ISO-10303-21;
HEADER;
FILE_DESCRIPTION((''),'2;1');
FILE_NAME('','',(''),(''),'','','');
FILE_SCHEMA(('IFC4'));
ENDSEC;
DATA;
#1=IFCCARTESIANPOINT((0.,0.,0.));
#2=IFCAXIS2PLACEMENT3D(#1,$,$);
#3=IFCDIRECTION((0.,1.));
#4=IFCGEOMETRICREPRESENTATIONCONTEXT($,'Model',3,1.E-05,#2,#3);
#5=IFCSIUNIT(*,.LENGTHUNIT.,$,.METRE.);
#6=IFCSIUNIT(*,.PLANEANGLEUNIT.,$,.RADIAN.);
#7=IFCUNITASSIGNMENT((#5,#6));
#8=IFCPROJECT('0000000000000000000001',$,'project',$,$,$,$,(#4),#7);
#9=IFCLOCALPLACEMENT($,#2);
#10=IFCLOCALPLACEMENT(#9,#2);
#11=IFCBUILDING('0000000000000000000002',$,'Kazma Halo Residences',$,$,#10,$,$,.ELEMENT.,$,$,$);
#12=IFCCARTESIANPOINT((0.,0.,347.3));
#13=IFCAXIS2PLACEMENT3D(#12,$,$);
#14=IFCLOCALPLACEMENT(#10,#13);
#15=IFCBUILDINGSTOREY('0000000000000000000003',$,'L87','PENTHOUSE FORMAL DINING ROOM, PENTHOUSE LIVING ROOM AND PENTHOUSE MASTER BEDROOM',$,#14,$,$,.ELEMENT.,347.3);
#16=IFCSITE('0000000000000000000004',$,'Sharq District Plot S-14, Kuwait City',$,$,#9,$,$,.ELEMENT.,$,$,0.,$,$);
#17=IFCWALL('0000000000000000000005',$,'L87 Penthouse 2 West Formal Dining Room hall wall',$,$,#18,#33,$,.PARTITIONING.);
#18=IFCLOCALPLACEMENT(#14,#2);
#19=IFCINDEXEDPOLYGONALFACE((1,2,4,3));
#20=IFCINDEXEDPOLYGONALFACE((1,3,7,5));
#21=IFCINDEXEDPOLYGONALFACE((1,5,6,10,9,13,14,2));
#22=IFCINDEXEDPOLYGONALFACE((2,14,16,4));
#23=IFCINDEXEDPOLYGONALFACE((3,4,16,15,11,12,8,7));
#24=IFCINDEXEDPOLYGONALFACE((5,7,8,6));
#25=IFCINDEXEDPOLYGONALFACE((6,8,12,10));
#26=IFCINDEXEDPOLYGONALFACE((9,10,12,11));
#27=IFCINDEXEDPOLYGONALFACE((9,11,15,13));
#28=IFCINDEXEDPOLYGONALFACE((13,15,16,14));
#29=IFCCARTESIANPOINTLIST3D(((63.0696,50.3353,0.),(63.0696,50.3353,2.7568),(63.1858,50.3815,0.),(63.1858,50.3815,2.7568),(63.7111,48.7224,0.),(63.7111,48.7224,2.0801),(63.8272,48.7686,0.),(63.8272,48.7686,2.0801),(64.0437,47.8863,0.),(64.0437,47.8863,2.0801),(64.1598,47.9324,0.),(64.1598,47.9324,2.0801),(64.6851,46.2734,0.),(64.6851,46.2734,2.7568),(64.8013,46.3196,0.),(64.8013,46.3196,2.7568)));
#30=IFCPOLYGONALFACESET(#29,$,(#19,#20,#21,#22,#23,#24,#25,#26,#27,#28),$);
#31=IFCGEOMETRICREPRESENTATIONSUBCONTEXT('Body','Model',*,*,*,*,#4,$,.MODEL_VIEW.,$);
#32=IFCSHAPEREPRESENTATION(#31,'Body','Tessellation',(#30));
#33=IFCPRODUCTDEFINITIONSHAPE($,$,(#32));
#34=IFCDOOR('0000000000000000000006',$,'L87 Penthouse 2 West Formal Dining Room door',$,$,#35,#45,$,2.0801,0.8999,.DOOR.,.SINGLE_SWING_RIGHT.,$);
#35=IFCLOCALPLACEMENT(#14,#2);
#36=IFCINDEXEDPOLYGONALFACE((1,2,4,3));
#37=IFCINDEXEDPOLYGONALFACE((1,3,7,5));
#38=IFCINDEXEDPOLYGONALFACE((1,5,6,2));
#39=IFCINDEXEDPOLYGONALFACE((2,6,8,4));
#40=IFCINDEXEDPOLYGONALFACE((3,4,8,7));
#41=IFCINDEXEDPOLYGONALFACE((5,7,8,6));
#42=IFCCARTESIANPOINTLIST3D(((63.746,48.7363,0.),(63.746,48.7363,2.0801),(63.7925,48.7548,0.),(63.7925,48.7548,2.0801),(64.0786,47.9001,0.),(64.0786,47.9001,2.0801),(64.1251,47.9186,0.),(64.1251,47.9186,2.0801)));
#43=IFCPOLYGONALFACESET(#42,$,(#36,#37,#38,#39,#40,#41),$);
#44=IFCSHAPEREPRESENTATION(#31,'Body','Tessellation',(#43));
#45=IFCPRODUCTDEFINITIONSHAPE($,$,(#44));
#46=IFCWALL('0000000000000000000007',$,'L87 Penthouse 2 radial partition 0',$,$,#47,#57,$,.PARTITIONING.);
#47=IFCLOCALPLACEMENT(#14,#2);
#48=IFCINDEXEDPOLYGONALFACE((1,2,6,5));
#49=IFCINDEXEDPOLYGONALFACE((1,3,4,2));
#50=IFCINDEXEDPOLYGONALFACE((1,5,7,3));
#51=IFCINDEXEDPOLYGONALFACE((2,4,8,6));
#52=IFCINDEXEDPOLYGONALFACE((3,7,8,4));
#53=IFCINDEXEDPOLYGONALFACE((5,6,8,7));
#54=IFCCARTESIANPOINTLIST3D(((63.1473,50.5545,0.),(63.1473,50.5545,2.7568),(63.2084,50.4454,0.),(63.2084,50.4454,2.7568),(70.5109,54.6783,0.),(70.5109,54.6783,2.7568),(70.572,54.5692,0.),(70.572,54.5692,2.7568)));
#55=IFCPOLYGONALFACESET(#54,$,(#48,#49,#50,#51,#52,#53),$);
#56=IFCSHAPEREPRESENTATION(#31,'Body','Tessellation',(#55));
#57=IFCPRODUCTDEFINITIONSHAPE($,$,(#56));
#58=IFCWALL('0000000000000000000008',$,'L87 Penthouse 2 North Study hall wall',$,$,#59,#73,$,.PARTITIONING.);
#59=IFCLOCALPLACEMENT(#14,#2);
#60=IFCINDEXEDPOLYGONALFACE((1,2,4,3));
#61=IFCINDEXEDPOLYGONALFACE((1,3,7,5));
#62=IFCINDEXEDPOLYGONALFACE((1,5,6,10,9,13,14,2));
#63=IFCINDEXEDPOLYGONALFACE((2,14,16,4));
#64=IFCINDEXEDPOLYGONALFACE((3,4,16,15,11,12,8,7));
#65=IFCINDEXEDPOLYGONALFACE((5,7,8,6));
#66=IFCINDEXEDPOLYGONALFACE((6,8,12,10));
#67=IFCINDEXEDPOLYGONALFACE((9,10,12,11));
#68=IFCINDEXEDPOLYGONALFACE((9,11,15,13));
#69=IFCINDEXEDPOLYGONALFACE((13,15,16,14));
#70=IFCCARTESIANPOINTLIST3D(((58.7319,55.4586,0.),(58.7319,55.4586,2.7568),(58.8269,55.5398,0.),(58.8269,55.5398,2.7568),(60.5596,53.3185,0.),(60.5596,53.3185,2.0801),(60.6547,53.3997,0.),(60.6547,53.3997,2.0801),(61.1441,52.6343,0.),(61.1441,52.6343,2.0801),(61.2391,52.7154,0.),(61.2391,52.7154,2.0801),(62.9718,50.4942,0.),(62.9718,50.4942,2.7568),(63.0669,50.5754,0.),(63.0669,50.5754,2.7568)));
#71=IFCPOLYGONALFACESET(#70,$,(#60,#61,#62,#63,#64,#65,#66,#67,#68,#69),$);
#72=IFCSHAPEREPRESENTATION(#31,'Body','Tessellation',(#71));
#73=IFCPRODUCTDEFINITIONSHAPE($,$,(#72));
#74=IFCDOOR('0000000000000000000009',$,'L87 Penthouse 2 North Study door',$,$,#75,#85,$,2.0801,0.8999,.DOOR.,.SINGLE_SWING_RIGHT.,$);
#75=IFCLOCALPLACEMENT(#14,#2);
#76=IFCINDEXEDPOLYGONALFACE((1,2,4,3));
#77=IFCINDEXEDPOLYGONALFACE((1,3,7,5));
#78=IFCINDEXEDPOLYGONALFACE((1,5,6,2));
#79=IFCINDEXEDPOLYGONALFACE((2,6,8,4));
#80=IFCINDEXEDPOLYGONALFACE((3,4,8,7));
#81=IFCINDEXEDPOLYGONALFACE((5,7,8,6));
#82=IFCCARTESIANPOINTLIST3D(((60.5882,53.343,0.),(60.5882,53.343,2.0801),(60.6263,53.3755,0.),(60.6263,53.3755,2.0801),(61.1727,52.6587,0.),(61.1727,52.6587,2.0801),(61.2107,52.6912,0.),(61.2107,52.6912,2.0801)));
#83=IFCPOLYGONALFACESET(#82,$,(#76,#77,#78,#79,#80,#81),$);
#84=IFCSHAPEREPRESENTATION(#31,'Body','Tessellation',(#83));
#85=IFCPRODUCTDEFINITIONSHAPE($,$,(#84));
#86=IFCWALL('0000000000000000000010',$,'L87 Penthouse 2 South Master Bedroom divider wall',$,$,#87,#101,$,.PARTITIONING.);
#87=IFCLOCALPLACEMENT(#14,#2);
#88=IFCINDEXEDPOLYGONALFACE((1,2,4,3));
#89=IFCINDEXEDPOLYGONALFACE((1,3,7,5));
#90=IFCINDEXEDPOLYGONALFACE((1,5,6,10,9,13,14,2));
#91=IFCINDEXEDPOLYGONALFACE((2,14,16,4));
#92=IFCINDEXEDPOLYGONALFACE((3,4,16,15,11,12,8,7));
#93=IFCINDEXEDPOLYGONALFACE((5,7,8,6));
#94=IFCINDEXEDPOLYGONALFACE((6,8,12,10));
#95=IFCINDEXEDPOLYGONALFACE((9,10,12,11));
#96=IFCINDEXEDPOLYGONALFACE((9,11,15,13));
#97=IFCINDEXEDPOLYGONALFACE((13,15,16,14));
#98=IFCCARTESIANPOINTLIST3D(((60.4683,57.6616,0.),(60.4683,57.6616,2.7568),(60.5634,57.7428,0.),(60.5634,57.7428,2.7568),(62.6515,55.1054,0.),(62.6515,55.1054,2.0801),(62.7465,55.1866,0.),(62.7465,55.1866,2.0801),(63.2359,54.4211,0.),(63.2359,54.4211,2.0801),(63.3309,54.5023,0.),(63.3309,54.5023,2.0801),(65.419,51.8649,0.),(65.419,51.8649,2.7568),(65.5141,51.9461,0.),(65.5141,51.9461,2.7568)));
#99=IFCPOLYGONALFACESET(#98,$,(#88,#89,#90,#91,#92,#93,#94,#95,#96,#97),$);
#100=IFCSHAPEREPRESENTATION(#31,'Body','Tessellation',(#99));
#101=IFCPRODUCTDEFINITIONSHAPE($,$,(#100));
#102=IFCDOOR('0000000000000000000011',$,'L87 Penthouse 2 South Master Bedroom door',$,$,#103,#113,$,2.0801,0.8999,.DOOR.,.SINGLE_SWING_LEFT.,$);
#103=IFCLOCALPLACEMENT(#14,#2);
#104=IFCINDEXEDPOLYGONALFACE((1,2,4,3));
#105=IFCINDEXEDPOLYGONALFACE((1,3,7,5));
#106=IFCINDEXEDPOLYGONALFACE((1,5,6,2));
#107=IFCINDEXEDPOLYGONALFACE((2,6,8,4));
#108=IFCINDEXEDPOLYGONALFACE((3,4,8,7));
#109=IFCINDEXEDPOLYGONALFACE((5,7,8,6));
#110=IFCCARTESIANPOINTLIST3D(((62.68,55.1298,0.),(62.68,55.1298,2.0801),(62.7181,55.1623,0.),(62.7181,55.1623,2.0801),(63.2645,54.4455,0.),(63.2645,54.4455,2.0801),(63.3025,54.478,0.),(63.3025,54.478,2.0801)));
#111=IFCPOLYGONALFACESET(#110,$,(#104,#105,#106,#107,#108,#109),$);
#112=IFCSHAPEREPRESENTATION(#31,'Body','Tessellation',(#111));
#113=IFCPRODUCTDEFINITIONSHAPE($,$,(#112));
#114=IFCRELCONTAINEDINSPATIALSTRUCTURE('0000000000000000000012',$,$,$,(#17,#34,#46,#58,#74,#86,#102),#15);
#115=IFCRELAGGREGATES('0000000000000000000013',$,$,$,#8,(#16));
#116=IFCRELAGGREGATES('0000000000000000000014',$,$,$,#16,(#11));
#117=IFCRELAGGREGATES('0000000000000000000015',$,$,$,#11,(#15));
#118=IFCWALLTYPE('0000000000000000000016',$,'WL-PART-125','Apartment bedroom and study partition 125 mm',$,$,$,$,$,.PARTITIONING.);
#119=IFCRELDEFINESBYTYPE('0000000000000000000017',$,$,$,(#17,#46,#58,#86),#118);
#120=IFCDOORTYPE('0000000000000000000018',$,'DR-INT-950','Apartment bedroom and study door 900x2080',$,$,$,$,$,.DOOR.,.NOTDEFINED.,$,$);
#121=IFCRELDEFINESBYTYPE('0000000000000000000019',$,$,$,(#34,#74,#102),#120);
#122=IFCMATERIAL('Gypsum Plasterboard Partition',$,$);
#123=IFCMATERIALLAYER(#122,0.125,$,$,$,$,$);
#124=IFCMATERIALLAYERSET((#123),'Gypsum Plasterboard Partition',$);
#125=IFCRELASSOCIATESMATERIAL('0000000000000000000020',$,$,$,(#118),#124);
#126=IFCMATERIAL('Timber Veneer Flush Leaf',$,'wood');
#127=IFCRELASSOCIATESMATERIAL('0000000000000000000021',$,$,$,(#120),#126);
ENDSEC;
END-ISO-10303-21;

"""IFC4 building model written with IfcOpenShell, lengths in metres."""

from ifc_helpers import new_model, si_unit, direction, frame, frame_2d, origin, place, context, subcontext, project, spatial, rectangle, extrude, material, layer, layer_set, type_object, element, fill, save


model = new_model("IFC4")

# Units and contexts
model_context = context("Model", 3, precision=1e-05, world=origin(), true_north=direction((0.0, 1.0)))
body_context = subcontext(model_context, "Body", "Model", "MODEL_VIEW")
ifc_project = project(units=[si_unit("LENGTHUNIT", "METRE"), si_unit("PLANEANGLEUNIT", "RADIAN")], contexts=[model_context])

# Site, building, storey
site_placement = place(None, origin())
site = spatial("IfcSite", under=ifc_project, at=site_placement, Name="Sharq District Plot S-14, Kuwait City", CompositionType="ELEMENT", RefElevation=0.0)
building_placement = place(site_placement, origin())
building = spatial("IfcBuilding", under=site, at=building_placement, Name="Kazma Halo Residences", CompositionType="ELEMENT")
storey_placement = place(building_placement, frame((0.0, 0.0, 347.3)))
storey = spatial("IfcBuildingStorey", under=building, at=storey_placement, Name="L87", Description="PENTHOUSE FORMAL DINING ROOM, PENTHOUSE LIVING ROOM AND PENTHOUSE MASTER BEDROOM", CompositionType="ELEMENT", Elevation=347.3)

# Shared definitions
ifc_material_1 = material(Name="Gypsum Plasterboard Partition")
ifc_layer_1 = layer(ifc_material_1, 0.125)
ifc_layer_set_1 = layer_set([ifc_layer_1], Name="Gypsum Plasterboard Partition")
wall_type_1 = type_object("IfcWallType", Name="WL-PART-125", Description="Apartment bedroom and study partition 125 mm", PredefinedType="PARTITIONING", material=ifc_layer_set_1)

# Wall, opening, door
wall_1_placement = place(storey_placement, frame((64.7432, 46.2966, 0.0), z_axis=(0.0, 0.0, 1.0), x_axis=(-0.36957, 0.929203, 0.0)))
wall_1 = element("IfcWall", 1, at=wall_1_placement, inside=storey, type_object=wall_type_1, Name="L87 Penthouse 2 West Formal Dining Room hall wall", PredefinedType="PARTITIONING", context=body_context, shape_type="SweptSolid", body=[
    extrude(rectangle(XDim=4.3713, YDim=0.125, at=frame_2d((2.1855, 0.0))), origin(), (0.0, 0.0, 1.0), 2.7568),
])
opening_1_placement = place(wall_1_placement, frame((1.7356, 0.0, 0.0)))
opening_1 = element("IfcOpeningElement", 2, at=opening_1_placement, cuts=wall_1, PredefinedType="OPENING", context=body_context, shape_type="SweptSolid", body=[
    extrude(rectangle(XDim=0.8999, YDim=2.0801, at=frame_2d((0.45, 1.04))), frame((0.0, 0.0725, 0.0), z_axis=(0.0, -1.0, 0.0), x_axis=(1.0, 0.0, 0.0)), (0.0, 0.0, 1.0), 0.145),
])
ifc_material_2 = material(Name="Timber Veneer Flush Leaf", Category="wood")
door_type_1 = type_object("IfcDoorType", Name="DR-INT-950", Description="Apartment bedroom and study door 900x2080", OperationType="NOTDEFINED", PredefinedType="DOOR", material=ifc_material_2)
door_1_placement = place(opening_1_placement, origin())
door_1 = element("IfcDoor", 3, at=door_1_placement, inside=storey, type_object=door_type_1, Name="L87 Penthouse 2 West Formal Dining Room door", OperationType="SINGLE_SWING_RIGHT", OverallHeight=2.0801, OverallWidth=0.8999, PredefinedType="DOOR", context=body_context, shape_type="SweptSolid", body=[
    extrude(rectangle(XDim=0.8999, YDim=2.0801, at=frame_2d((0.45, 1.04))), frame((0.0, 0.0249, 0.0), z_axis=(0.0, -1.0, 0.0), x_axis=(1.0, 0.0, 0.0)), (0.0, 0.0, 1.0), 0.05),
])
fill(opening_1, door_1)

# Wall
wall_2_placement = place(storey_placement, frame((63.178, 50.5, 0.0), z_axis=(0.0, 0.0, 1.0), x_axis=(0.872496, 0.488622, 0.0)))
element("IfcWall", 4, at=wall_2_placement, inside=storey, type_object=wall_type_1, Name="L87 Penthouse 2 radial partition 0", PredefinedType="PARTITIONING", context=body_context, shape_type="SweptSolid", body=[
    extrude(rectangle(XDim=8.4397, YDim=0.125, at=frame_2d((4.2197, 0.0))), origin(), (0.0, 0.0, 1.0), 2.7568),
])

# Walls, openings, doors
wall_3_placement = place(storey_placement, frame((63.0193, 50.5349, 0.0), z_axis=(0.0, 0.0, 1.0), x_axis=(-0.649451, 0.760404, 0.0)))
wall_3 = element("IfcWall", 5, at=wall_3_placement, inside=storey, type_object=wall_type_1, Name="L87 Penthouse 2 North Study hall wall", PredefinedType="PARTITIONING", context=body_context, shape_type="SweptSolid", body=[
    extrude(rectangle(XDim=6.5286, YDim=0.125, at=frame_2d((3.2642, 0.0))), origin(), (0.0, 0.0, 1.0), 2.7568),
])
opening_2_placement = place(wall_3_placement, frame((2.8142, 0.0, 0.0)))
opening_2 = element("IfcOpeningElement", 6, at=opening_2_placement, cuts=wall_3, PredefinedType="OPENING", context=body_context, shape_type="SweptSolid", body=[
    extrude(rectangle(XDim=0.8999, YDim=2.0801, at=frame_2d((0.45, 1.04))), frame((0.0, 0.0725, 0.0), z_axis=(0.0, -1.0, 0.0), x_axis=(1.0, 0.0, 0.0)), (0.0, 0.0, 1.0), 0.145),
])
door_2_placement = place(opening_2_placement, origin())
door_2 = element("IfcDoor", 7, at=door_2_placement, inside=storey, type_object=door_type_1, Name="L87 Penthouse 2 North Study door", OperationType="SINGLE_SWING_RIGHT", OverallHeight=2.0801, OverallWidth=0.8999, PredefinedType="DOOR", context=body_context, shape_type="SweptSolid", body=[
    extrude(rectangle(XDim=0.8999, YDim=2.0801, at=frame_2d((0.45, 1.04))), frame((0.0, 0.0249, 0.0), z_axis=(0.0, -1.0, 0.0), x_axis=(1.0, 0.0, 0.0)), (0.0, 0.0, 1.0), 0.05),
])
fill(opening_2, door_2)
wall_4_placement = place(storey_placement, frame((65.4666, 51.9055, 0.0), z_axis=(0.0, 0.0, 1.0), x_axis=(-0.64944, 0.760413, 0.0)))
wall_4 = element("IfcWall", 8, at=wall_4_placement, inside=storey, type_object=wall_type_1, Name="L87 Penthouse 2 South Master Bedroom divider wall", PredefinedType="PARTITIONING", context=body_context, shape_type="SweptSolid", body=[
    extrude(rectangle(XDim=7.623, YDim=0.125, at=frame_2d((3.8115, 0.0))), origin(), (0.0, 0.0, 1.0), 2.7568),
])
opening_3_placement = place(wall_4_placement, frame((3.3616, 0.0, 0.0)))
opening_3 = element("IfcOpeningElement", 9, at=opening_3_placement, cuts=wall_4, PredefinedType="OPENING", context=body_context, shape_type="SweptSolid", body=[
    extrude(rectangle(XDim=0.8999, YDim=2.0801, at=frame_2d((0.45, 1.04))), frame((0.0, 0.0725, 0.0), z_axis=(0.0, -1.0, 0.0), x_axis=(1.0, 0.0, 0.0)), (0.0, 0.0, 1.0), 0.145),
])
door_3_placement = place(opening_3_placement, origin())
door_3 = element("IfcDoor", 10, at=door_3_placement, inside=storey, type_object=door_type_1, Name="L87 Penthouse 2 South Master Bedroom door", OperationType="SINGLE_SWING_LEFT", OverallHeight=2.0801, OverallWidth=0.8999, PredefinedType="DOOR", context=body_context, shape_type="SweptSolid", body=[
    extrude(rectangle(XDim=0.8999, YDim=2.0801, at=frame_2d((0.45, 1.04))), frame((0.0, 0.0249, 0.0), z_axis=(0.0, -1.0, 0.0), x_axis=(1.0, 0.0, 0.0)), (0.0, 0.0, 1.0), 0.05),
])
fill(opening_3, door_3)

save(model, "model.ifc")
